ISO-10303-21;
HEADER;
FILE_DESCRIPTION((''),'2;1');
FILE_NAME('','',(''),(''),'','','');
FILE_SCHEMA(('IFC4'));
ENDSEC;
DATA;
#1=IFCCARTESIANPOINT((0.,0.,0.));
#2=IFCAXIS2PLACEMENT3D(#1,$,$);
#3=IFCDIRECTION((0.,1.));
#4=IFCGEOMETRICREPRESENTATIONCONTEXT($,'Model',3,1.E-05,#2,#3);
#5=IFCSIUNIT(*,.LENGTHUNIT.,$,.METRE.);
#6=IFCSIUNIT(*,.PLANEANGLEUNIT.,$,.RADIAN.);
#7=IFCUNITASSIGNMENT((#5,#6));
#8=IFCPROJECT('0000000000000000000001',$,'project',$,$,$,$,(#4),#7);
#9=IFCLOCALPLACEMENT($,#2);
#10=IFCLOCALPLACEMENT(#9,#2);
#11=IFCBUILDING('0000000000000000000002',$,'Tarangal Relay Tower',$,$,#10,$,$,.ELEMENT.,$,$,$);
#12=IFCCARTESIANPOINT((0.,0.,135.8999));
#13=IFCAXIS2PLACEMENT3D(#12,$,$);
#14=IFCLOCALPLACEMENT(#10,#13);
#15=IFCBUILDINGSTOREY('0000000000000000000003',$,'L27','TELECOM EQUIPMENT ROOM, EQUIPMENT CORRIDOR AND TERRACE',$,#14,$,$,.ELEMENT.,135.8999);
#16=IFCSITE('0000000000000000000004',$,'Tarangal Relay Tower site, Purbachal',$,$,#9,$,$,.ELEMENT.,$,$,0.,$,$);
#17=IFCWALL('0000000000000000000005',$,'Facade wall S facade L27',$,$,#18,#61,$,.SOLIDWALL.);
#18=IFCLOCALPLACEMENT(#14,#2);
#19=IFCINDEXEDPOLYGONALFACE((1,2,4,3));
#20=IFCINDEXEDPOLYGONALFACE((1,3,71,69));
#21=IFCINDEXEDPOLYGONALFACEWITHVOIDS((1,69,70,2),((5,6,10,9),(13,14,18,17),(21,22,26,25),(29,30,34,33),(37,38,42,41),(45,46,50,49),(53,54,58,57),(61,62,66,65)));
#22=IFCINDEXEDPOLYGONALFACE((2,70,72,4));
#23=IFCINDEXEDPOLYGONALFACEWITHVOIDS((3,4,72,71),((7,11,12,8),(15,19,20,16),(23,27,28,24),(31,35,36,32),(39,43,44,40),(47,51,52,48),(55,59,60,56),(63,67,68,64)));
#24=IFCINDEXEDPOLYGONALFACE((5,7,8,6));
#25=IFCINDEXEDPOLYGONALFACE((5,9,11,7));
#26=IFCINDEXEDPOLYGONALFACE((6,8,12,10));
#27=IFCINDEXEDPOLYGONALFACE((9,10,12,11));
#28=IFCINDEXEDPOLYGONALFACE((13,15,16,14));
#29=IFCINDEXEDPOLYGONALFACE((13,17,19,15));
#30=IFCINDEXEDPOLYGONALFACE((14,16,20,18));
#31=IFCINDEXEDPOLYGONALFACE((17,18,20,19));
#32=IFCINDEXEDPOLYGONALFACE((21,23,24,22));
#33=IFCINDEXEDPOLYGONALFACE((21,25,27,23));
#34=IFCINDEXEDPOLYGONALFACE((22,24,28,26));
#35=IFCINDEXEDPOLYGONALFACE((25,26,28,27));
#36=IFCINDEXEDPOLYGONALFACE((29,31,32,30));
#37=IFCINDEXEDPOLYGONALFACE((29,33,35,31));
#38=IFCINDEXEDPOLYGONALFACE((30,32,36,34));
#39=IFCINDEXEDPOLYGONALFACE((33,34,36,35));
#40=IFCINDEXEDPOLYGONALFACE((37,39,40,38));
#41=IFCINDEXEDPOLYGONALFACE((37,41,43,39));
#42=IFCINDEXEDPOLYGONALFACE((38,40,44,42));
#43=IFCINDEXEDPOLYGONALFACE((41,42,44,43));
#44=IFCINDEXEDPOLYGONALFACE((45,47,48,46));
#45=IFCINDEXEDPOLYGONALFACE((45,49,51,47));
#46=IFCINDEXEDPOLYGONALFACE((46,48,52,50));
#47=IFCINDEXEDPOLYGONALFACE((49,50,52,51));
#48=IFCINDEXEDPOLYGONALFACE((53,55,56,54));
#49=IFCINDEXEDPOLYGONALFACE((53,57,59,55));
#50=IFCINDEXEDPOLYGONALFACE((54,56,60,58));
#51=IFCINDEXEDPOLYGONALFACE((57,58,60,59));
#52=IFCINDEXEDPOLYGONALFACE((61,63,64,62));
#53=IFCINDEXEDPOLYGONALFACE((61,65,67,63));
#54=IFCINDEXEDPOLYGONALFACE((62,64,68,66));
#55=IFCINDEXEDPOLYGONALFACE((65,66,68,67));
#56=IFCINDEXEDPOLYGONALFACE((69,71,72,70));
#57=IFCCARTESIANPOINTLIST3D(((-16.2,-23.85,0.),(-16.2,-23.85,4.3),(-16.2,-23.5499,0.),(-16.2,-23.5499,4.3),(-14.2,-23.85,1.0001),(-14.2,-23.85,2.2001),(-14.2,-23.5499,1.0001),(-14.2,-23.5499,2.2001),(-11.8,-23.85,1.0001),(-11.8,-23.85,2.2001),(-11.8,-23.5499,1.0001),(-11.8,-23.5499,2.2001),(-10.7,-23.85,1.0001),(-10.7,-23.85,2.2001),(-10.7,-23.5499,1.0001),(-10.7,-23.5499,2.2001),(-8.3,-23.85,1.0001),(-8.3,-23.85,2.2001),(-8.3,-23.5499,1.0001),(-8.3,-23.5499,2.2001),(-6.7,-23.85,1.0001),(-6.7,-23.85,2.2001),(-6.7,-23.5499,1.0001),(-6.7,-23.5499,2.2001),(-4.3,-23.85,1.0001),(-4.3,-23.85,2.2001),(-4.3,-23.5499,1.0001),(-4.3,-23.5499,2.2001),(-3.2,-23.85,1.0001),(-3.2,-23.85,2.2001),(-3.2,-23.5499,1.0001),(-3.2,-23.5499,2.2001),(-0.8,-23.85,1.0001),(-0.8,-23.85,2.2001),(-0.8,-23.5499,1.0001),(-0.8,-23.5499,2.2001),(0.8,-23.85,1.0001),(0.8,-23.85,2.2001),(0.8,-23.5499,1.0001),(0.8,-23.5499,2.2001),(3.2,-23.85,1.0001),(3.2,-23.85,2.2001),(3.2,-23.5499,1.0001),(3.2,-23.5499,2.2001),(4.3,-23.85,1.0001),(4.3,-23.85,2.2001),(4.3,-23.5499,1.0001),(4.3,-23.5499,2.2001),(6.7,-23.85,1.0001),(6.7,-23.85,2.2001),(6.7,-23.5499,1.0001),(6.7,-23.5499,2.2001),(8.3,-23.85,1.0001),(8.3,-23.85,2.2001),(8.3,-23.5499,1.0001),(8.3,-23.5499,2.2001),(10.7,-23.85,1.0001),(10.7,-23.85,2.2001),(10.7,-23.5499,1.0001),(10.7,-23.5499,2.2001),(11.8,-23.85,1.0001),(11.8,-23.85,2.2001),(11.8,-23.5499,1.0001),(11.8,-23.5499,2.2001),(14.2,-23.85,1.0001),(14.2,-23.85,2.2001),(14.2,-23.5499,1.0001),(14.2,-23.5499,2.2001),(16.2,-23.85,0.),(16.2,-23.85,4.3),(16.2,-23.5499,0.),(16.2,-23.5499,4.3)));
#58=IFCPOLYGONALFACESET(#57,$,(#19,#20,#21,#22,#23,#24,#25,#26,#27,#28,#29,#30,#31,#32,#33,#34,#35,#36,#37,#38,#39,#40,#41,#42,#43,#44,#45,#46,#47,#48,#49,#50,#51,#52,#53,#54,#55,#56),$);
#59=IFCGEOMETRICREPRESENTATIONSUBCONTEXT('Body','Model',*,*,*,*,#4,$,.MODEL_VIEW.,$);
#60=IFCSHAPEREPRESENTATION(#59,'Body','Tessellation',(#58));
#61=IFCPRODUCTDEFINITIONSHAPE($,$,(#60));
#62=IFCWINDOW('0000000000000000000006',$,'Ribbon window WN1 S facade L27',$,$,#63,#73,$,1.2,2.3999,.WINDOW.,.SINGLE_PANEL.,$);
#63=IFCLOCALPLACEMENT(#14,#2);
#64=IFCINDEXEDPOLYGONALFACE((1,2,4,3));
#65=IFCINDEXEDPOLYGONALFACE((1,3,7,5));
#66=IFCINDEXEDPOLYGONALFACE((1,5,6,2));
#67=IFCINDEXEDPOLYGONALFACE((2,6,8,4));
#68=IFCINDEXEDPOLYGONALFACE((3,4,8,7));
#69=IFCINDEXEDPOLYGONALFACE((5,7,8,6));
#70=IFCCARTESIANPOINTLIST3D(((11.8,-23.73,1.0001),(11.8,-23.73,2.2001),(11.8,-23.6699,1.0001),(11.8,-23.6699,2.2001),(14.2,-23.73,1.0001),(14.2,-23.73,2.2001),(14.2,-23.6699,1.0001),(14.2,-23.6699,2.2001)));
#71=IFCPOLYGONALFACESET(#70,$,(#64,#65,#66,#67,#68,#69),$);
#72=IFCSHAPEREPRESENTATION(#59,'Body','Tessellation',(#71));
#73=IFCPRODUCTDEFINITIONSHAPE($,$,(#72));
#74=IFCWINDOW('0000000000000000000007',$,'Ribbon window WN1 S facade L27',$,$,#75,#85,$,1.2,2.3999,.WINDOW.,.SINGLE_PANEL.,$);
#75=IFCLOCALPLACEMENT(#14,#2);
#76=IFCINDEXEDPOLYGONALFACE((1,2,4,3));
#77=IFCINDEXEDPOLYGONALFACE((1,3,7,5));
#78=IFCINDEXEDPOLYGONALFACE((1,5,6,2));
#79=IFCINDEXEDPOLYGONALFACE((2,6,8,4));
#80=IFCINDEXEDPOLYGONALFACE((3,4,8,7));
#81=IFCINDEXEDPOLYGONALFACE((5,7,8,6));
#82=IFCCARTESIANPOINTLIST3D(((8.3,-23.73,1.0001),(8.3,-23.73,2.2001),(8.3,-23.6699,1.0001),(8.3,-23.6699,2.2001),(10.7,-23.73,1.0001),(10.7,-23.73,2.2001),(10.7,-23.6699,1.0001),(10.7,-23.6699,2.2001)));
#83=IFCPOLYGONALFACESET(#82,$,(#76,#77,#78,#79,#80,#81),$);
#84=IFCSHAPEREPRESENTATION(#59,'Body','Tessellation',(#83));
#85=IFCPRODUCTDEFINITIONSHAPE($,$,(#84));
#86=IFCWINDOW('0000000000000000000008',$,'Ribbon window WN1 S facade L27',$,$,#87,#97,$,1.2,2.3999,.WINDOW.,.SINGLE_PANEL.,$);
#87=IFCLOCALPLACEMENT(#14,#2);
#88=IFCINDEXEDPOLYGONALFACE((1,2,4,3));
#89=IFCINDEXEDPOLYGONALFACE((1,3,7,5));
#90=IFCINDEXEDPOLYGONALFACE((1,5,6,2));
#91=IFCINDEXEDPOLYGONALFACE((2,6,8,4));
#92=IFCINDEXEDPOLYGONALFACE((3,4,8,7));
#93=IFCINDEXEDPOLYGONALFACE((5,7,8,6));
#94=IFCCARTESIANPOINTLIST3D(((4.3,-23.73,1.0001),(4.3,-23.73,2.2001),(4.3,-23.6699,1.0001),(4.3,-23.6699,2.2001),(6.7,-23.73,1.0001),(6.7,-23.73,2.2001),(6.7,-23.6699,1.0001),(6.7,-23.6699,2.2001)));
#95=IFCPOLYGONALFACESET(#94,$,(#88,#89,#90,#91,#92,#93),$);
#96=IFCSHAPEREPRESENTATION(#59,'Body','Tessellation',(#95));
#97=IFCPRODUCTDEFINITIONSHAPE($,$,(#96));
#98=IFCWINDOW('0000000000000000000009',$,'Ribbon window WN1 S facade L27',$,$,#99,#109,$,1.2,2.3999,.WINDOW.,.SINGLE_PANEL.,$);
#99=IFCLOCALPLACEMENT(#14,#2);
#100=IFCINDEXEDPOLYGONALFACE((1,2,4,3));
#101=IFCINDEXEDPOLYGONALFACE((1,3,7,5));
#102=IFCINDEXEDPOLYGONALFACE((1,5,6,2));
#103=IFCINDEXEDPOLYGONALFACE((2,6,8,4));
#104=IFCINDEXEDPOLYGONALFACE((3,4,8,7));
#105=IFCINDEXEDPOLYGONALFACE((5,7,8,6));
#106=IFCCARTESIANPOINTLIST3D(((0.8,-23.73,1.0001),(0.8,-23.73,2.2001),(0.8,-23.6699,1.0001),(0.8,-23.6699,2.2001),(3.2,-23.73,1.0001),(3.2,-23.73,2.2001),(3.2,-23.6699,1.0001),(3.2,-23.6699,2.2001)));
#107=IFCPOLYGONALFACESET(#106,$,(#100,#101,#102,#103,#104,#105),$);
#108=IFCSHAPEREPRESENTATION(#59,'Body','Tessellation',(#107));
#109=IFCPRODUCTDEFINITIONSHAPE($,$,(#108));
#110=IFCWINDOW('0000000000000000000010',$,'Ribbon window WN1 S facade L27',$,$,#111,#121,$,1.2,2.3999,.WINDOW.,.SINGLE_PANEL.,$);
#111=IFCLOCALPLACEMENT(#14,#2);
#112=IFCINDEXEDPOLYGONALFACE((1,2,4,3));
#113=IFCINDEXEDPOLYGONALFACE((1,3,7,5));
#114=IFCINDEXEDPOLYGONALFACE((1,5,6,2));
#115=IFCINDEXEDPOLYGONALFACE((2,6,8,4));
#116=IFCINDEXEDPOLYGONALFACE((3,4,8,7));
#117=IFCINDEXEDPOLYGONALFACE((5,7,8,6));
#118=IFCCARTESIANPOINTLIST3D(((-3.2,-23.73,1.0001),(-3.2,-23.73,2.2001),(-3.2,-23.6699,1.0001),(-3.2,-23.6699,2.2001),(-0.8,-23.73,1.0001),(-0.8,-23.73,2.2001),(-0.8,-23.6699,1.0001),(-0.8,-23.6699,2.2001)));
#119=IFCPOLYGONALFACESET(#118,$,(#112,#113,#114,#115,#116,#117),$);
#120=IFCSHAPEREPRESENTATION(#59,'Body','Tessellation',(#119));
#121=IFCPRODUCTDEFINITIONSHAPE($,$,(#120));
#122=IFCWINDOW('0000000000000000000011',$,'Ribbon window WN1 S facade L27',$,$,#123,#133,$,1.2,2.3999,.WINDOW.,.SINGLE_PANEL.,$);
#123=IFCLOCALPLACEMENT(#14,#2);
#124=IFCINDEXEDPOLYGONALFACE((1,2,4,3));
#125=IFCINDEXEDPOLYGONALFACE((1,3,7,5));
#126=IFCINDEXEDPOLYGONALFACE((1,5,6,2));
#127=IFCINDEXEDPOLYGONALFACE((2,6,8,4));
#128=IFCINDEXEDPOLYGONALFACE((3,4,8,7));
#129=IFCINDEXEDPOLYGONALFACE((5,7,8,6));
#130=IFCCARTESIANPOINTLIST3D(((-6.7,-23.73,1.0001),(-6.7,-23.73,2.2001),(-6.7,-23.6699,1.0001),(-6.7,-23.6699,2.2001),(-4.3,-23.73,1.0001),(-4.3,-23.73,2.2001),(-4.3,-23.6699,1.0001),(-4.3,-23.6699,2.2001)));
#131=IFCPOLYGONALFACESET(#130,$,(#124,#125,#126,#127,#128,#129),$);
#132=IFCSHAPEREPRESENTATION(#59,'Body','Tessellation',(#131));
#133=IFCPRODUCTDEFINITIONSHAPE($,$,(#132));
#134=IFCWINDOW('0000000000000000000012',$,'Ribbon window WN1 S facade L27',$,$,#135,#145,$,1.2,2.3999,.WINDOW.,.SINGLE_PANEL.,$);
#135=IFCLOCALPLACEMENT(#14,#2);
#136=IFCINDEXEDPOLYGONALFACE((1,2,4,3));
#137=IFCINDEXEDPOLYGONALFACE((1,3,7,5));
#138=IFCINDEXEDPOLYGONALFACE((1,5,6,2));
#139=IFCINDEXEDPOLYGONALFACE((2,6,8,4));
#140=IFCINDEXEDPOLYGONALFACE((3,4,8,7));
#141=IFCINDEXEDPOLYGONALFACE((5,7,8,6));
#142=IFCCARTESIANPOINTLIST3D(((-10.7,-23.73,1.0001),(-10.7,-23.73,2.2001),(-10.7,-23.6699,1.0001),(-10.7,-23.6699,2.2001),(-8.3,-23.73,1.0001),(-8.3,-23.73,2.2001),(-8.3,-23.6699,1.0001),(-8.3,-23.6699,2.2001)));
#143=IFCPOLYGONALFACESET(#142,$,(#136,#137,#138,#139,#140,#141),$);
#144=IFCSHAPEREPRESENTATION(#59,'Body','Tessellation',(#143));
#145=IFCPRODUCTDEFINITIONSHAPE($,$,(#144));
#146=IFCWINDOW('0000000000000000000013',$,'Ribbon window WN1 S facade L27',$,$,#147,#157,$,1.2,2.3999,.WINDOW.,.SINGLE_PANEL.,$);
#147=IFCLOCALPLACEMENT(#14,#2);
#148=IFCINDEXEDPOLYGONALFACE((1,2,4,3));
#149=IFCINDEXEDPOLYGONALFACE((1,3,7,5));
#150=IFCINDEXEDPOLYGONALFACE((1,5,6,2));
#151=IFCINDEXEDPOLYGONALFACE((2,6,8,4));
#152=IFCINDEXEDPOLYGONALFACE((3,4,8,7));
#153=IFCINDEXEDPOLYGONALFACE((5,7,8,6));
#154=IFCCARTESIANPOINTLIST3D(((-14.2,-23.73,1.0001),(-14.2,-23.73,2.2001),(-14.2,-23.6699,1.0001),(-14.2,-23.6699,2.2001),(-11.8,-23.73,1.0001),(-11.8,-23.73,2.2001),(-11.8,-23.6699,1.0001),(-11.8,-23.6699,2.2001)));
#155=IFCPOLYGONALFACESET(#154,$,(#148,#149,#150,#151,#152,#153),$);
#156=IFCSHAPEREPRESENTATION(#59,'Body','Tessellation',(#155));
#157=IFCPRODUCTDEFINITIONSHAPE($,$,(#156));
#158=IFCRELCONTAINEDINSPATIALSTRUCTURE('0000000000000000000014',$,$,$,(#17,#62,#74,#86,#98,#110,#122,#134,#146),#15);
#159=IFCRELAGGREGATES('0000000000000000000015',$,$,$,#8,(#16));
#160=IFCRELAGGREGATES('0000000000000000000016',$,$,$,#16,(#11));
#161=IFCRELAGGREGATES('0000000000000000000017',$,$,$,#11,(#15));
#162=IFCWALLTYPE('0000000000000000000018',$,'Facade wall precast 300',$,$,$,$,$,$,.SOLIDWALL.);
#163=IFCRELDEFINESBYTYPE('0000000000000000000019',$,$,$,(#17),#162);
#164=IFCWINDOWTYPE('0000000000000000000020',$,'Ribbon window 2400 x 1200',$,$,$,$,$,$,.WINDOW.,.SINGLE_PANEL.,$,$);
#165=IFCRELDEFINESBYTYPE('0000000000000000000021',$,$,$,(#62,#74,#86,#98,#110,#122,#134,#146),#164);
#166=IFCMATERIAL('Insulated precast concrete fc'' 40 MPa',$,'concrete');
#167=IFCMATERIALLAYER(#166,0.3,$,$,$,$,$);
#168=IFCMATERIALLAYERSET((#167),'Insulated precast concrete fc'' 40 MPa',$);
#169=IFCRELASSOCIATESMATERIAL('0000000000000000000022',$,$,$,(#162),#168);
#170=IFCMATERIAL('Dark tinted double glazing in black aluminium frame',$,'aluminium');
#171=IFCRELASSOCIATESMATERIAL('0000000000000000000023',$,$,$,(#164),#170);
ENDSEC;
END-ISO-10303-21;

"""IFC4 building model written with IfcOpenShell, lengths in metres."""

from ifc_helpers import new_model, si_unit, direction, frame, frame_2d, origin, place, context, subcontext, project, spatial, rectangle, extrude, material, layer, layer_set, type_object, element, fill, save


model = new_model("IFC4")

# Units and contexts
model_context = context("Model", 3, precision=1e-05, world=origin(), true_north=direction((0.0, 1.0)))
body_context = subcontext(model_context, "Body", "Model", "MODEL_VIEW")
ifc_project = project(units=[si_unit("LENGTHUNIT", "METRE"), si_unit("PLANEANGLEUNIT", "RADIAN")], contexts=[model_context])

# Site, building, storey
site_placement = place(None, origin())
site = spatial("IfcSite", under=ifc_project, at=site_placement, Name="Tarangal Relay Tower site, Purbachal", CompositionType="ELEMENT", RefElevation=0.0)
building_placement = place(site_placement, origin())
building = spatial("IfcBuilding", under=site, at=building_placement, Name="Tarangal Relay Tower", CompositionType="ELEMENT")
storey_placement = place(building_placement, frame((0.0, 0.0, 135.8999)))
storey = spatial("IfcBuildingStorey", under=building, at=storey_placement, Name="L27", Description="TELECOM EQUIPMENT ROOM, EQUIPMENT CORRIDOR AND TERRACE", CompositionType="ELEMENT", Elevation=135.8999)

# Shared definitions
ifc_material_1 = material(Name="Insulated precast concrete fc' 40 MPa", Category="concrete")
ifc_layer_1 = layer(ifc_material_1, 0.3)
ifc_layer_set_1 = layer_set([ifc_layer_1], Name="Insulated precast concrete fc' 40 MPa")
wall_type_1 = type_object("IfcWallType", Name="Facade wall precast 300", PredefinedType="SOLIDWALL", material=ifc_layer_set_1)

# Wall, openings, windows
wall_1_placement = place(storey_placement, frame((16.2, -23.7, 0.0), z_axis=(0.0, 0.0, 1.0), x_axis=(-1.0, 0.0, 0.0)))
wall_1 = element("IfcWall", 1, at=wall_1_placement, inside=storey, type_object=wall_type_1, Name="Facade wall S facade L27", PredefinedType="SOLIDWALL", context=body_context, shape_type="SweptSolid", body=[
    extrude(rectangle(XDim=32.3999, YDim=0.3, at=frame_2d((16.2, 0.0))), origin(), (0.0, 0.0, 1.0), 4.3),
])
opening_1_placement = place(wall_1_placement, frame((2.0, 0.0, 1.0)))
opening_1 = element("IfcOpeningElement", 2, at=opening_1_placement, cuts=wall_1, PredefinedType="OPENING", context=body_context, shape_type="SweptSolid", body=[
    extrude(rectangle(XDim=2.3999, YDim=1.2, at=frame_2d((1.2, 0.6001))), frame((0.0, 0.1599, 0.0), z_axis=(0.0, -1.0, 0.0), x_axis=(1.0, 0.0, 0.0)), (0.0, 0.0, 1.0), 0.3201),
])
opening_2_placement = place(wall_1_placement, frame((5.5, 0.0, 1.0)))
opening_2 = element("IfcOpeningElement", 3, at=opening_2_placement, cuts=wall_1, PredefinedType="OPENING", context=body_context, shape_type="SweptSolid", body=[
    extrude(rectangle(XDim=2.3999, YDim=1.2, at=frame_2d((1.2, 0.6001))), frame((0.0, 0.1599, 0.0), z_axis=(0.0, -1.0, 0.0), x_axis=(1.0, 0.0, 0.0)), (0.0, 0.0, 1.0), 0.3201),
])
opening_3_placement = place(wall_1_placement, frame((9.5, 0.0, 1.0)))
opening_3 = element("IfcOpeningElement", 4, at=opening_3_placement, cuts=wall_1, PredefinedType="OPENING", context=body_context, shape_type="SweptSolid", body=[
    extrude(rectangle(XDim=2.3999, YDim=1.2, at=frame_2d((1.2, 0.6001))), frame((0.0, 0.1599, 0.0), z_axis=(0.0, -1.0, 0.0), x_axis=(1.0, 0.0, 0.0)), (0.0, 0.0, 1.0), 0.3201),
])
opening_4_placement = place(wall_1_placement, frame((13.0, 0.0, 1.0)))
opening_4 = element("IfcOpeningElement", 5, at=opening_4_placement, cuts=wall_1, PredefinedType="OPENING", context=body_context, shape_type="SweptSolid", body=[
    extrude(rectangle(XDim=2.3999, YDim=1.2, at=frame_2d((1.2, 0.6001))), frame((0.0, 0.1599, 0.0), z_axis=(0.0, -1.0, 0.0), x_axis=(1.0, 0.0, 0.0)), (0.0, 0.0, 1.0), 0.3201),
])
opening_5_placement = place(wall_1_placement, frame((17.0, 0.0, 1.0)))
opening_5 = element("IfcOpeningElement", 6, at=opening_5_placement, cuts=wall_1, PredefinedType="OPENING", context=body_context, shape_type="SweptSolid", body=[
    extrude(rectangle(XDim=2.3999, YDim=1.2, at=frame_2d((1.2, 0.6001))), frame((0.0, 0.1599, 0.0), z_axis=(0.0, -1.0, 0.0), x_axis=(1.0, 0.0, 0.0)), (0.0, 0.0, 1.0), 0.3201),
])
opening_6_placement = place(wall_1_placement, frame((20.5, 0.0, 1.0)))
opening_6 = element("IfcOpeningElement", 7, at=opening_6_placement, cuts=wall_1, PredefinedType="OPENING", context=body_context, shape_type="SweptSolid", body=[
    extrude(rectangle(XDim=2.3999, YDim=1.2, at=frame_2d((1.2, 0.6001))), frame((0.0, 0.1599, 0.0), z_axis=(0.0, -1.0, 0.0), x_axis=(1.0, 0.0, 0.0)), (0.0, 0.0, 1.0), 0.3201),
])
opening_7_placement = place(wall_1_placement, frame((24.5, 0.0, 1.0)))
opening_7 = element("IfcOpeningElement", 8, at=opening_7_placement, cuts=wall_1, PredefinedType="OPENING", context=body_context, shape_type="SweptSolid", body=[
    extrude(rectangle(XDim=2.3999, YDim=1.2, at=frame_2d((1.2, 0.6001))), frame((0.0, 0.1599, 0.0), z_axis=(0.0, -1.0, 0.0), x_axis=(1.0, 0.0, 0.0)), (0.0, 0.0, 1.0), 0.3201),
])
opening_8_placement = place(wall_1_placement, frame((28.0, 0.0, 1.0)))
opening_8 = element("IfcOpeningElement", 9, at=opening_8_placement, cuts=wall_1, PredefinedType="OPENING", context=body_context, shape_type="SweptSolid", body=[
    extrude(rectangle(XDim=2.3999, YDim=1.2, at=frame_2d((1.2, 0.6001))), frame((0.0, 0.1599, 0.0), z_axis=(0.0, -1.0, 0.0), x_axis=(1.0, 0.0, 0.0)), (0.0, 0.0, 1.0), 0.3201),
])
ifc_material_2 = material(Name="Dark tinted double glazing in black aluminium frame", Category="aluminium")
window_type = type_object("IfcWindowType", Name="Ribbon window 2400 x 1200", PartitioningType="SINGLE_PANEL", PredefinedType="WINDOW", material=ifc_material_2)
window_1_placement = place(opening_1_placement, origin())
window_1 = element("IfcWindow", 10, at=window_1_placement, inside=storey, type_object=window_type, Name="Ribbon window WN1 S facade L27", OverallHeight=1.2, OverallWidth=2.3999, PartitioningType="SINGLE_PANEL", PredefinedType="WINDOW", context=body_context, shape_type="SweptSolid", body=[
    extrude(rectangle(XDim=2.3999, YDim=1.2, at=frame_2d((1.2, 0.6001))), frame((0.0, 0.03, 0.0), z_axis=(0.0, -1.0, 0.0), x_axis=(1.0, 0.0, 0.0)), (0.0, 0.0, 1.0), 0.0601),
])
fill(opening_1, window_1)
window_2_placement = place(opening_2_placement, origin())
window_2 = element("IfcWindow", 11, at=window_2_placement, inside=storey, type_object=window_type, Name="Ribbon window WN1 S facade L27", OverallHeight=1.2, OverallWidth=2.3999, PartitioningType="SINGLE_PANEL", PredefinedType="WINDOW", context=body_context, shape_type="SweptSolid", body=[
    extrude(rectangle(XDim=2.3999, YDim=1.2, at=frame_2d((1.2, 0.6001))), frame((0.0, 0.03, 0.0), z_axis=(0.0, -1.0, 0.0), x_axis=(1.0, 0.0, 0.0)), (0.0, 0.0, 1.0), 0.0601),
])
fill(opening_2, window_2)
window_3_placement = place(opening_3_placement, origin())
window_3 = element("IfcWindow", 12, at=window_3_placement, inside=storey, type_object=window_type, Name="Ribbon window WN1 S facade L27", OverallHeight=1.2, OverallWidth=2.3999, PartitioningType="SINGLE_PANEL", PredefinedType="WINDOW", context=body_context, shape_type="SweptSolid", body=[
    extrude(rectangle(XDim=2.3999, YDim=1.2, at=frame_2d((1.2, 0.6001))), frame((0.0, 0.03, 0.0), z_axis=(0.0, -1.0, 0.0), x_axis=(1.0, 0.0, 0.0)), (0.0, 0.0, 1.0), 0.0601),
])
fill(opening_3, window_3)
window_4_placement = place(opening_4_placement, origin())
window_4 = element("IfcWindow", 13, at=window_4_placement, inside=storey, type_object=window_type, Name="Ribbon window WN1 S facade L27", OverallHeight=1.2, OverallWidth=2.3999, PartitioningType="SINGLE_PANEL", PredefinedType="WINDOW", context=body_context, shape_type="SweptSolid", body=[
    extrude(rectangle(XDim=2.3999, YDim=1.2, at=frame_2d((1.2, 0.6001))), frame((0.0, 0.03, 0.0), z_axis=(0.0, -1.0, 0.0), x_axis=(1.0, 0.0, 0.0)), (0.0, 0.0, 1.0), 0.0601),
])
fill(opening_4, window_4)
window_5_placement = place(opening_5_placement, origin())
window_5 = element("IfcWindow", 14, at=window_5_placement, inside=storey, type_object=window_type, Name="Ribbon window WN1 S facade L27", OverallHeight=1.2, OverallWidth=2.3999, PartitioningType="SINGLE_PANEL", PredefinedType="WINDOW", context=body_context, shape_type="SweptSolid", body=[
    extrude(rectangle(XDim=2.3999, YDim=1.2, at=frame_2d((1.2, 0.6001))), frame((0.0, 0.03, 0.0), z_axis=(0.0, -1.0, 0.0), x_axis=(1.0, 0.0, 0.0)), (0.0, 0.0, 1.0), 0.0601),
])
fill(opening_5, window_5)
window_6_placement = place(opening_6_placement, origin())
window_6 = element("IfcWindow", 15, at=window_6_placement, inside=storey, type_object=window_type, Name="Ribbon window WN1 S facade L27", OverallHeight=1.2, OverallWidth=2.3999, PartitioningType="SINGLE_PANEL", PredefinedType="WINDOW", context=body_context, shape_type="SweptSolid", body=[
    extrude(rectangle(XDim=2.3999, YDim=1.2, at=frame_2d((1.2, 0.6001))), frame((0.0, 0.03, 0.0), z_axis=(0.0, -1.0, 0.0), x_axis=(1.0, 0.0, 0.0)), (0.0, 0.0, 1.0), 0.0601),
])
fill(opening_6, window_6)
window_7_placement = place(opening_7_placement, origin())
window_7 = element("IfcWindow", 16, at=window_7_placement, inside=storey, type_object=window_type, Name="Ribbon window WN1 S facade L27", OverallHeight=1.2, OverallWidth=2.3999, PartitioningType="SINGLE_PANEL", PredefinedType="WINDOW", context=body_context, shape_type="SweptSolid", body=[
    extrude(rectangle(XDim=2.3999, YDim=1.2, at=frame_2d((1.2, 0.6001))), frame((0.0, 0.03, 0.0), z_axis=(0.0, -1.0, 0.0), x_axis=(1.0, 0.0, 0.0)), (0.0, 0.0, 1.0), 0.0601),
])
fill(opening_7, window_7)
window_8_placement = place(opening_8_placement, origin())
window_8 = element("IfcWindow", 17, at=window_8_placement, inside=storey, type_object=window_type, Name="Ribbon window WN1 S facade L27", OverallHeight=1.2, OverallWidth=2.3999, PartitioningType="SINGLE_PANEL", PredefinedType="WINDOW", context=body_context, shape_type="SweptSolid", body=[
    extrude(rectangle(XDim=2.3999, YDim=1.2, at=frame_2d((1.2, 0.6001))), frame((0.0, 0.03, 0.0), z_axis=(0.0, -1.0, 0.0), x_axis=(1.0, 0.0, 0.0)), (0.0, 0.0, 1.0), 0.0601),
])
fill(opening_8, window_8)

save(model, "model.ifc")
